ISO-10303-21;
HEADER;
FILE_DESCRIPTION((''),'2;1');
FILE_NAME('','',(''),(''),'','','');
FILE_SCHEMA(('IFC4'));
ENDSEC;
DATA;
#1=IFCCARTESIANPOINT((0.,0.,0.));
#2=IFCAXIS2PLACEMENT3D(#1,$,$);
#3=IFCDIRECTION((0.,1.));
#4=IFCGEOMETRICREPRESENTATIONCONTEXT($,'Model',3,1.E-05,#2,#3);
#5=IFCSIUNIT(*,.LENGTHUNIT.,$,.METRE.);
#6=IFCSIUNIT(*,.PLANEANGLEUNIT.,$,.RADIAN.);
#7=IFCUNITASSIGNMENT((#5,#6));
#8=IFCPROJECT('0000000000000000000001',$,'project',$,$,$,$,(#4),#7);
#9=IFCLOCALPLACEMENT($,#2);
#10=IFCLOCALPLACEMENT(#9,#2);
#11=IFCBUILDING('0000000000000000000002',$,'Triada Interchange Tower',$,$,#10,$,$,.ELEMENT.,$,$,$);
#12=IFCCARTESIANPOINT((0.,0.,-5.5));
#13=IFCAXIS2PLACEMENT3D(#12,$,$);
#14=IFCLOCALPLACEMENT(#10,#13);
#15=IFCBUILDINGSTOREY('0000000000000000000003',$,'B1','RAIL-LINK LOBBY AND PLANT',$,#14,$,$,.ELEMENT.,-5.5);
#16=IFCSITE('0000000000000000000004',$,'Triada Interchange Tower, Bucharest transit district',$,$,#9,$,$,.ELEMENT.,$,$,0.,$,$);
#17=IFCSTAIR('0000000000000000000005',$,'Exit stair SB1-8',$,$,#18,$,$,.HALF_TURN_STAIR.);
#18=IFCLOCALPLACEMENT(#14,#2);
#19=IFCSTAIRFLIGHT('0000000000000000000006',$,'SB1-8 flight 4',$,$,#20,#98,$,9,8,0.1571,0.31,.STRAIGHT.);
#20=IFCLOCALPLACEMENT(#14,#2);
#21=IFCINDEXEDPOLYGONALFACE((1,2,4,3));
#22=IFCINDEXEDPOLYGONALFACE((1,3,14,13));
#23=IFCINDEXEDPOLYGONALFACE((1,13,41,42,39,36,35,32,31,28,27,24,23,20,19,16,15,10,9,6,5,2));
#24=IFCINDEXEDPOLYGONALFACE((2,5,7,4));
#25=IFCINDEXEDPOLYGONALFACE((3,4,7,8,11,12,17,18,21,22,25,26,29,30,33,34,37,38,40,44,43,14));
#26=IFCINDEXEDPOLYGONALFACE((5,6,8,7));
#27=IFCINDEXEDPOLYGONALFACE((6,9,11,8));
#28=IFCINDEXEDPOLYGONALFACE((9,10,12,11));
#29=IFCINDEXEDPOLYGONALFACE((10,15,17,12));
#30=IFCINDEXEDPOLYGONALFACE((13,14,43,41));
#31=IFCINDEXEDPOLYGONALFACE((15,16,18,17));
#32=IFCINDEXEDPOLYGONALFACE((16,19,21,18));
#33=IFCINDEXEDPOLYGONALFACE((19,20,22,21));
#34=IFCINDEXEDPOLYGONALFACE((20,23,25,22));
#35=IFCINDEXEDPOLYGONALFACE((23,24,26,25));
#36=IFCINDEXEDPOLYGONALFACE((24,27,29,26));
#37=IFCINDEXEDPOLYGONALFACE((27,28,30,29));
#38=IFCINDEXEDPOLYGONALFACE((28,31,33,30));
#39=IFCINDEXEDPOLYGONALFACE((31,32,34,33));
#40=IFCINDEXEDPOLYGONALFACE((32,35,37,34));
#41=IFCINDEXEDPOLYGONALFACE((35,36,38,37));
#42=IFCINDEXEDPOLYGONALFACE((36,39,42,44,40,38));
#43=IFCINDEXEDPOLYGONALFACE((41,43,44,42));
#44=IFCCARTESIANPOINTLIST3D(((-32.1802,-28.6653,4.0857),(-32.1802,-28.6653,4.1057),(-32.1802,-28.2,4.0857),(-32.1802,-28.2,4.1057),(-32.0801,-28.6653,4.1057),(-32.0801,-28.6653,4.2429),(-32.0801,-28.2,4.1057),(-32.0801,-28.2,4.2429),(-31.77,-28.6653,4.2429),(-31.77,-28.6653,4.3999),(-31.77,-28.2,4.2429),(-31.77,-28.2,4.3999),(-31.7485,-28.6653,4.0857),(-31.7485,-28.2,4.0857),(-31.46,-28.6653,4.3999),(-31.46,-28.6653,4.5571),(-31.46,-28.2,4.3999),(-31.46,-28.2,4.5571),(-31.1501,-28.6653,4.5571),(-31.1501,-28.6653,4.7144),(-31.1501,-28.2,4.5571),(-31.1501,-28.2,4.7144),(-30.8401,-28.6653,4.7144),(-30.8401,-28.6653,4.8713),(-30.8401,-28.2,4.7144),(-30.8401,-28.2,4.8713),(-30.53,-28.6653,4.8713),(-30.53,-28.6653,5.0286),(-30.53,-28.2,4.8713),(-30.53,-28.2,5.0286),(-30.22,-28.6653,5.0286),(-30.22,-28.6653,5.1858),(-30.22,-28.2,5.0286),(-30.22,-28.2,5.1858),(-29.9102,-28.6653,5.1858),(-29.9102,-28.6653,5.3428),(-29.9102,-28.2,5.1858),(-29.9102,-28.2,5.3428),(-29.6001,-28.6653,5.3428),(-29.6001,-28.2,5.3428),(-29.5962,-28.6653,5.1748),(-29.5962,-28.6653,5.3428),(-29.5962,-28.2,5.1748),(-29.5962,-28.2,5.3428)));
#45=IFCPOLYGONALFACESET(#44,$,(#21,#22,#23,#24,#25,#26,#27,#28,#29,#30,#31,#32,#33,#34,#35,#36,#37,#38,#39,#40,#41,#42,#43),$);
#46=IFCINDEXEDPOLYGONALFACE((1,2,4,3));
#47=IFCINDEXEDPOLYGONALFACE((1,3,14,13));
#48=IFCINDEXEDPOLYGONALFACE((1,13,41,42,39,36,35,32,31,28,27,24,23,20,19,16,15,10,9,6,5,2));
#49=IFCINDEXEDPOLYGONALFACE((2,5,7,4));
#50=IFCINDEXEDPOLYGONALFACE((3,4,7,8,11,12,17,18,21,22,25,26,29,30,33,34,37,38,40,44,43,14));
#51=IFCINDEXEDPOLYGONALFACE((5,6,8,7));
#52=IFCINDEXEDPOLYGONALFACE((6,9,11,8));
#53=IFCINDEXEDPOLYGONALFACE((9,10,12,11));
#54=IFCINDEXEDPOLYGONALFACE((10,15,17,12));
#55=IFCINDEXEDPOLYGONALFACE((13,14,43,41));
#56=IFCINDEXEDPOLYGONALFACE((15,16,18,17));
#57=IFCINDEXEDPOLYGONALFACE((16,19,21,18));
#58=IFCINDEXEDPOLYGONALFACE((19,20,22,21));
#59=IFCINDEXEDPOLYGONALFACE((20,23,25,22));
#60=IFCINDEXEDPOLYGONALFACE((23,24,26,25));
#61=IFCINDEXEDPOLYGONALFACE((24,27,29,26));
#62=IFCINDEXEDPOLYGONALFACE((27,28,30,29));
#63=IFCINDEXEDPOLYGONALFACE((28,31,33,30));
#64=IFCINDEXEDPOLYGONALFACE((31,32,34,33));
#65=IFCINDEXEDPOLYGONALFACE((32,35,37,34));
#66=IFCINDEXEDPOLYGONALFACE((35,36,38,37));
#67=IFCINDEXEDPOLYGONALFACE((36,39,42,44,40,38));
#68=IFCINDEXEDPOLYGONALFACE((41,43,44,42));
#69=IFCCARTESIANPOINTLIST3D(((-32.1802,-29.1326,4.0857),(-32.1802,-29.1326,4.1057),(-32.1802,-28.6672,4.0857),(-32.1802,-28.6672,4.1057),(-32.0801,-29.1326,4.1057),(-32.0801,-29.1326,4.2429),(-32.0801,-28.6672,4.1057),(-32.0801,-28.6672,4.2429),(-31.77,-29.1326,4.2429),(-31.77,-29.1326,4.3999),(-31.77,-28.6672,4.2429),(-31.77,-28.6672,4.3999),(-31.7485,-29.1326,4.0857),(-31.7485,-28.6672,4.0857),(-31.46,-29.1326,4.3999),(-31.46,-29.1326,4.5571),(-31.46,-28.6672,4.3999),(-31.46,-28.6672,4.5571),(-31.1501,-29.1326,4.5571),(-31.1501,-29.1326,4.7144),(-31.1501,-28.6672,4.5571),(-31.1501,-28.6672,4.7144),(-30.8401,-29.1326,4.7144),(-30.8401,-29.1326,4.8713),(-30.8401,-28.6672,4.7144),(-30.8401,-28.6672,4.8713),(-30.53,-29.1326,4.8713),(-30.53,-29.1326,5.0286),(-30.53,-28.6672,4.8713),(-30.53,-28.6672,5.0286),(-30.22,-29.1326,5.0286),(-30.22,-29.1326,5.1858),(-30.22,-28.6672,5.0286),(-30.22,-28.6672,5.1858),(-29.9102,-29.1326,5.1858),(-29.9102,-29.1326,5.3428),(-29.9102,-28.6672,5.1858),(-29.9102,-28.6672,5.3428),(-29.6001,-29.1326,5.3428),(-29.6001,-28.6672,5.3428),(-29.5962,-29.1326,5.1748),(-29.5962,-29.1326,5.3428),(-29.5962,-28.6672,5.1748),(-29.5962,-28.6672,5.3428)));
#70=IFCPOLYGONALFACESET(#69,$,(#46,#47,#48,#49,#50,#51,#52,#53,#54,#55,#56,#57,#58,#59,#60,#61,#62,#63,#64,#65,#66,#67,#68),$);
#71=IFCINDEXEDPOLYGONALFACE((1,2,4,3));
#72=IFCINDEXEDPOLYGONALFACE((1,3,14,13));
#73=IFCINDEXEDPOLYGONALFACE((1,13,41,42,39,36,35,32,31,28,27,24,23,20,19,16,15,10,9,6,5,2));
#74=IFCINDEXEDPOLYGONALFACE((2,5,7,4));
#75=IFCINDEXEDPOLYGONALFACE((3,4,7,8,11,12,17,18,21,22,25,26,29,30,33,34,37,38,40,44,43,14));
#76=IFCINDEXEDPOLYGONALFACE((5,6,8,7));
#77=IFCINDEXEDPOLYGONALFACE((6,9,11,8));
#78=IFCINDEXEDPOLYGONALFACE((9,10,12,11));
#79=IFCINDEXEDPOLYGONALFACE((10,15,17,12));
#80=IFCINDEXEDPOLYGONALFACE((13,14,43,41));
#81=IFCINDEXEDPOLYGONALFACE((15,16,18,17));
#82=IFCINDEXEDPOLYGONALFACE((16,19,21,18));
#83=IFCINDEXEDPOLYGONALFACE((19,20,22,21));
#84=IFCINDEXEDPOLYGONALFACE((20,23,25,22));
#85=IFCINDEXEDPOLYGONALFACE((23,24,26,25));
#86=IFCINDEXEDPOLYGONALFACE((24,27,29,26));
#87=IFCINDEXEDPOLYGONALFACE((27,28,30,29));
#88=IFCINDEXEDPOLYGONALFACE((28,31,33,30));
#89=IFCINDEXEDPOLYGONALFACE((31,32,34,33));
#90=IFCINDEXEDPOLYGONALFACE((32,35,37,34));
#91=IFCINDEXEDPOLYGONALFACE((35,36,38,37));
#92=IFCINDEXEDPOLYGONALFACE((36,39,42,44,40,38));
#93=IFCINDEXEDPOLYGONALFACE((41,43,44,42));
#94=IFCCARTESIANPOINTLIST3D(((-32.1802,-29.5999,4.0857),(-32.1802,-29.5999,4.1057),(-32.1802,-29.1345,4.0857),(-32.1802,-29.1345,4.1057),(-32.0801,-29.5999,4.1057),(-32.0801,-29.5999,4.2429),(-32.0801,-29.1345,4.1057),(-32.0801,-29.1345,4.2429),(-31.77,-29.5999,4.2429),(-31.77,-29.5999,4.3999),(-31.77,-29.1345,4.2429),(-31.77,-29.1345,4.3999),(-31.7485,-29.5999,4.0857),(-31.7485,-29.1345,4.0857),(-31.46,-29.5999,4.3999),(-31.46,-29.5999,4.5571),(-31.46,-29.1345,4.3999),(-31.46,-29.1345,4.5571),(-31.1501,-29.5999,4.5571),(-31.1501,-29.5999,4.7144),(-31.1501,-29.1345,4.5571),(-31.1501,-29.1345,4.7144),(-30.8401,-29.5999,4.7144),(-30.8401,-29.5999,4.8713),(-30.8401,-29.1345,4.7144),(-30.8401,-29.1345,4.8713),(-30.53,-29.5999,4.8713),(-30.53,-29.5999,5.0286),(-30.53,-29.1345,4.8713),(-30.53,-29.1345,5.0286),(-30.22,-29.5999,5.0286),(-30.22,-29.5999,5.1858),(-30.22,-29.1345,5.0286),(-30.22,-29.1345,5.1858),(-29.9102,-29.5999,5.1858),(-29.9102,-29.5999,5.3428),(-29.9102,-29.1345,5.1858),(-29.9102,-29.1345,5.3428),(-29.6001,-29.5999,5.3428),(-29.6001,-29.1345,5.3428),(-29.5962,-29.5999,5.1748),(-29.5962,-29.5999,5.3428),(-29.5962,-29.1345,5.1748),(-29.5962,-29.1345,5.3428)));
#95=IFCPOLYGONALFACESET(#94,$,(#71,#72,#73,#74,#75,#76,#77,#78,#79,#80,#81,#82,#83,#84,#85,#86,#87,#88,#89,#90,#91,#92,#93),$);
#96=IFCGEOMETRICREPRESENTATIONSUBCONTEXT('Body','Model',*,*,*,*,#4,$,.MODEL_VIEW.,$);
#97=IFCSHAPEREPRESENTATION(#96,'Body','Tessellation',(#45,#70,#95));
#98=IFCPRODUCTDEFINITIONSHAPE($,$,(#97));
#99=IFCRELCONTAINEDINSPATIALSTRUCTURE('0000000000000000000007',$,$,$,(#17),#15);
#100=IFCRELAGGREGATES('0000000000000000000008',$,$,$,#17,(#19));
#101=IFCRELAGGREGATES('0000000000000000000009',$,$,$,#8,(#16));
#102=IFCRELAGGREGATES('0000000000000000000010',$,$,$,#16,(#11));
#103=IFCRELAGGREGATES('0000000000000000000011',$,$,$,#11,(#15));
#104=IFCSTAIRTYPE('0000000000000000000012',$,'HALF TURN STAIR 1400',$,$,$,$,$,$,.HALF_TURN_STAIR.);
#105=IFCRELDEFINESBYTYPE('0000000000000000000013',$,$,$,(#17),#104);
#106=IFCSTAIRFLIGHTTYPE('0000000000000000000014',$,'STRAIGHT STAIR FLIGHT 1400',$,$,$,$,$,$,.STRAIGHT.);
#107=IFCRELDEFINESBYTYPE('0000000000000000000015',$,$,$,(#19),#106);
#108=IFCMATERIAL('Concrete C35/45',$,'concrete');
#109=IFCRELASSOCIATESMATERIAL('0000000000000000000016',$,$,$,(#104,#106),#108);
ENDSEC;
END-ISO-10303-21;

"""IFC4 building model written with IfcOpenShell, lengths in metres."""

from ifc_helpers import new_model, si_unit, direction, frame, origin, place, context, subcontext, project, spatial, polyline, outline, extrude, material, type_object, element, aggregate, save


model = new_model("IFC4")

# Units and contexts
model_context = context("Model", 3, precision=1e-05, world=origin(), true_north=direction((0.0, 1.0)))
body_context = subcontext(model_context, "Body", "Model", "MODEL_VIEW")
ifc_project = project(units=[si_unit("LENGTHUNIT", "METRE"), si_unit("PLANEANGLEUNIT", "RADIAN")], contexts=[model_context])

# Site, building, storey
site_placement = place(None, origin())
site = spatial("IfcSite", under=ifc_project, at=site_placement, Name="Triada Interchange Tower, Bucharest transit district", CompositionType="ELEMENT", RefElevation=0.0)
building_placement = place(site_placement, origin())
building = spatial("IfcBuilding", under=site, at=building_placement, Name="Triada Interchange Tower", CompositionType="ELEMENT")
storey_placement = place(building_placement, frame((0.0, 0.0, -5.5)))
storey = spatial("IfcBuildingStorey", under=building, at=storey_placement, Name="B1", Description="RAIL-LINK LOBBY AND PLANT", CompositionType="ELEMENT", Elevation=-5.5)

# Shared definitions
ifc_material_1 = material(Name="Concrete C35/45", Category="concrete")

# Stair, stair flight
stair_type = type_object("IfcStairType", Name="HALF TURN STAIR 1400", PredefinedType="HALF_TURN_STAIR", material=ifc_material_1)
stair_placement = place(storey_placement, origin())
stair = element("IfcStair", 1, at=stair_placement, inside=storey, type_object=stair_type, Name="Exit stair SB1-8", PredefinedType="HALF_TURN_STAIR")
stair_flight_type = type_object("IfcStairFlightType", Name="STRAIGHT STAIR FLIGHT 1400", PredefinedType="STRAIGHT", material=ifc_material_1)
stair_flight_1_placement = place(storey_placement, frame((-32.0801, -28.8999, 4.0857), z_axis=(0.0, 0.0, 1.0), x_axis=(1.0, 0.0, 0.0)))
stair_flight_1 = element("IfcStairFlight", 2, at=stair_flight_1_placement, type_object=stair_flight_type, Name="SB1-8 flight 4", NumberOfRisers=9, NumberOfTreads=8, PredefinedType="STRAIGHT", RiserHeight=0.1571, TreadLength=0.31, context=body_context, shape_type="SweptSolid", body=[
    extrude(outline(polyline([(-0.1001, 0.0), (-0.1001, 0.02), (0.0, 0.02), (0.0, 0.1572), (0.3101, 0.1572), (0.3101, 0.3142), (0.6201, 0.3142), (0.6201, 0.4714), (0.9299, 0.4714), (0.9299, 0.6287), (1.24, 0.6287), (1.24, 0.7856), (1.55, 0.7856), (1.55, 0.9429), (1.8601, 0.9429), (1.8601, 1.1001), (2.1699, 1.1001), (2.1699, 1.2571), (2.48, 1.2571), (2.4839, 1.2571), (2.4839, 1.4143), (2.4839, 1.0891), (0.3315, 0.0), (-0.1001, 0.0)])), frame((0.0, 0.7, 0.0), z_axis=(0.0, -1.0, 0.0), x_axis=(1.0, 0.0, 0.0)), (0.0, 0.0, 1.0), 0.4653),
    extrude(outline(polyline([(-0.1001, 0.0), (-0.1001, 0.02), (0.0, 0.02), (0.0, 0.1572), (0.3101, 0.1572), (0.3101, 0.3142), (0.6201, 0.3142), (0.6201, 0.4714), (0.9299, 0.4714), (0.9299, 0.6287), (1.24, 0.6287), (1.24, 0.7856), (1.55, 0.7856), (1.55, 0.9429), (1.8601, 0.9429), (1.8601, 1.1001), (2.1699, 1.1001), (2.1699, 1.2571), (2.48, 1.2571), (2.4839, 1.2571), (2.4839, 1.4143), (2.4839, 1.0891), (0.3315, 0.0), (-0.1001, 0.0)])), frame((0.0, 0.2327, 0.0), z_axis=(0.0, -1.0, 0.0), x_axis=(1.0, 0.0, 0.0)), (0.0, 0.0, 1.0), 0.4653),
    extrude(outline(polyline([(-0.1001, 0.0), (-0.1001, 0.02), (0.0, 0.02), (0.0, 0.1572), (0.3101, 0.1572), (0.3101, 0.3142), (0.6201, 0.3142), (0.6201, 0.4714), (0.9299, 0.4714), (0.9299, 0.6287), (1.24, 0.6287), (1.24, 0.7856), (1.55, 0.7856), (1.55, 0.9429), (1.8601, 0.9429), (1.8601, 1.1001), (2.1699, 1.1001), (2.1699, 1.2571), (2.48, 1.2571), (2.4839, 1.2571), (2.4839, 1.4143), (2.4839, 1.0891), (0.3315, 0.0), (-0.1001, 0.0)])), frame((0.0, -0.2346, 0.0), z_axis=(0.0, -1.0, 0.0), x_axis=(1.0, 0.0, 0.0)), (0.0, 0.0, 1.0), 0.4653),
])
aggregate(stair, [stair_flight_1])

save(model, "model.ifc")
